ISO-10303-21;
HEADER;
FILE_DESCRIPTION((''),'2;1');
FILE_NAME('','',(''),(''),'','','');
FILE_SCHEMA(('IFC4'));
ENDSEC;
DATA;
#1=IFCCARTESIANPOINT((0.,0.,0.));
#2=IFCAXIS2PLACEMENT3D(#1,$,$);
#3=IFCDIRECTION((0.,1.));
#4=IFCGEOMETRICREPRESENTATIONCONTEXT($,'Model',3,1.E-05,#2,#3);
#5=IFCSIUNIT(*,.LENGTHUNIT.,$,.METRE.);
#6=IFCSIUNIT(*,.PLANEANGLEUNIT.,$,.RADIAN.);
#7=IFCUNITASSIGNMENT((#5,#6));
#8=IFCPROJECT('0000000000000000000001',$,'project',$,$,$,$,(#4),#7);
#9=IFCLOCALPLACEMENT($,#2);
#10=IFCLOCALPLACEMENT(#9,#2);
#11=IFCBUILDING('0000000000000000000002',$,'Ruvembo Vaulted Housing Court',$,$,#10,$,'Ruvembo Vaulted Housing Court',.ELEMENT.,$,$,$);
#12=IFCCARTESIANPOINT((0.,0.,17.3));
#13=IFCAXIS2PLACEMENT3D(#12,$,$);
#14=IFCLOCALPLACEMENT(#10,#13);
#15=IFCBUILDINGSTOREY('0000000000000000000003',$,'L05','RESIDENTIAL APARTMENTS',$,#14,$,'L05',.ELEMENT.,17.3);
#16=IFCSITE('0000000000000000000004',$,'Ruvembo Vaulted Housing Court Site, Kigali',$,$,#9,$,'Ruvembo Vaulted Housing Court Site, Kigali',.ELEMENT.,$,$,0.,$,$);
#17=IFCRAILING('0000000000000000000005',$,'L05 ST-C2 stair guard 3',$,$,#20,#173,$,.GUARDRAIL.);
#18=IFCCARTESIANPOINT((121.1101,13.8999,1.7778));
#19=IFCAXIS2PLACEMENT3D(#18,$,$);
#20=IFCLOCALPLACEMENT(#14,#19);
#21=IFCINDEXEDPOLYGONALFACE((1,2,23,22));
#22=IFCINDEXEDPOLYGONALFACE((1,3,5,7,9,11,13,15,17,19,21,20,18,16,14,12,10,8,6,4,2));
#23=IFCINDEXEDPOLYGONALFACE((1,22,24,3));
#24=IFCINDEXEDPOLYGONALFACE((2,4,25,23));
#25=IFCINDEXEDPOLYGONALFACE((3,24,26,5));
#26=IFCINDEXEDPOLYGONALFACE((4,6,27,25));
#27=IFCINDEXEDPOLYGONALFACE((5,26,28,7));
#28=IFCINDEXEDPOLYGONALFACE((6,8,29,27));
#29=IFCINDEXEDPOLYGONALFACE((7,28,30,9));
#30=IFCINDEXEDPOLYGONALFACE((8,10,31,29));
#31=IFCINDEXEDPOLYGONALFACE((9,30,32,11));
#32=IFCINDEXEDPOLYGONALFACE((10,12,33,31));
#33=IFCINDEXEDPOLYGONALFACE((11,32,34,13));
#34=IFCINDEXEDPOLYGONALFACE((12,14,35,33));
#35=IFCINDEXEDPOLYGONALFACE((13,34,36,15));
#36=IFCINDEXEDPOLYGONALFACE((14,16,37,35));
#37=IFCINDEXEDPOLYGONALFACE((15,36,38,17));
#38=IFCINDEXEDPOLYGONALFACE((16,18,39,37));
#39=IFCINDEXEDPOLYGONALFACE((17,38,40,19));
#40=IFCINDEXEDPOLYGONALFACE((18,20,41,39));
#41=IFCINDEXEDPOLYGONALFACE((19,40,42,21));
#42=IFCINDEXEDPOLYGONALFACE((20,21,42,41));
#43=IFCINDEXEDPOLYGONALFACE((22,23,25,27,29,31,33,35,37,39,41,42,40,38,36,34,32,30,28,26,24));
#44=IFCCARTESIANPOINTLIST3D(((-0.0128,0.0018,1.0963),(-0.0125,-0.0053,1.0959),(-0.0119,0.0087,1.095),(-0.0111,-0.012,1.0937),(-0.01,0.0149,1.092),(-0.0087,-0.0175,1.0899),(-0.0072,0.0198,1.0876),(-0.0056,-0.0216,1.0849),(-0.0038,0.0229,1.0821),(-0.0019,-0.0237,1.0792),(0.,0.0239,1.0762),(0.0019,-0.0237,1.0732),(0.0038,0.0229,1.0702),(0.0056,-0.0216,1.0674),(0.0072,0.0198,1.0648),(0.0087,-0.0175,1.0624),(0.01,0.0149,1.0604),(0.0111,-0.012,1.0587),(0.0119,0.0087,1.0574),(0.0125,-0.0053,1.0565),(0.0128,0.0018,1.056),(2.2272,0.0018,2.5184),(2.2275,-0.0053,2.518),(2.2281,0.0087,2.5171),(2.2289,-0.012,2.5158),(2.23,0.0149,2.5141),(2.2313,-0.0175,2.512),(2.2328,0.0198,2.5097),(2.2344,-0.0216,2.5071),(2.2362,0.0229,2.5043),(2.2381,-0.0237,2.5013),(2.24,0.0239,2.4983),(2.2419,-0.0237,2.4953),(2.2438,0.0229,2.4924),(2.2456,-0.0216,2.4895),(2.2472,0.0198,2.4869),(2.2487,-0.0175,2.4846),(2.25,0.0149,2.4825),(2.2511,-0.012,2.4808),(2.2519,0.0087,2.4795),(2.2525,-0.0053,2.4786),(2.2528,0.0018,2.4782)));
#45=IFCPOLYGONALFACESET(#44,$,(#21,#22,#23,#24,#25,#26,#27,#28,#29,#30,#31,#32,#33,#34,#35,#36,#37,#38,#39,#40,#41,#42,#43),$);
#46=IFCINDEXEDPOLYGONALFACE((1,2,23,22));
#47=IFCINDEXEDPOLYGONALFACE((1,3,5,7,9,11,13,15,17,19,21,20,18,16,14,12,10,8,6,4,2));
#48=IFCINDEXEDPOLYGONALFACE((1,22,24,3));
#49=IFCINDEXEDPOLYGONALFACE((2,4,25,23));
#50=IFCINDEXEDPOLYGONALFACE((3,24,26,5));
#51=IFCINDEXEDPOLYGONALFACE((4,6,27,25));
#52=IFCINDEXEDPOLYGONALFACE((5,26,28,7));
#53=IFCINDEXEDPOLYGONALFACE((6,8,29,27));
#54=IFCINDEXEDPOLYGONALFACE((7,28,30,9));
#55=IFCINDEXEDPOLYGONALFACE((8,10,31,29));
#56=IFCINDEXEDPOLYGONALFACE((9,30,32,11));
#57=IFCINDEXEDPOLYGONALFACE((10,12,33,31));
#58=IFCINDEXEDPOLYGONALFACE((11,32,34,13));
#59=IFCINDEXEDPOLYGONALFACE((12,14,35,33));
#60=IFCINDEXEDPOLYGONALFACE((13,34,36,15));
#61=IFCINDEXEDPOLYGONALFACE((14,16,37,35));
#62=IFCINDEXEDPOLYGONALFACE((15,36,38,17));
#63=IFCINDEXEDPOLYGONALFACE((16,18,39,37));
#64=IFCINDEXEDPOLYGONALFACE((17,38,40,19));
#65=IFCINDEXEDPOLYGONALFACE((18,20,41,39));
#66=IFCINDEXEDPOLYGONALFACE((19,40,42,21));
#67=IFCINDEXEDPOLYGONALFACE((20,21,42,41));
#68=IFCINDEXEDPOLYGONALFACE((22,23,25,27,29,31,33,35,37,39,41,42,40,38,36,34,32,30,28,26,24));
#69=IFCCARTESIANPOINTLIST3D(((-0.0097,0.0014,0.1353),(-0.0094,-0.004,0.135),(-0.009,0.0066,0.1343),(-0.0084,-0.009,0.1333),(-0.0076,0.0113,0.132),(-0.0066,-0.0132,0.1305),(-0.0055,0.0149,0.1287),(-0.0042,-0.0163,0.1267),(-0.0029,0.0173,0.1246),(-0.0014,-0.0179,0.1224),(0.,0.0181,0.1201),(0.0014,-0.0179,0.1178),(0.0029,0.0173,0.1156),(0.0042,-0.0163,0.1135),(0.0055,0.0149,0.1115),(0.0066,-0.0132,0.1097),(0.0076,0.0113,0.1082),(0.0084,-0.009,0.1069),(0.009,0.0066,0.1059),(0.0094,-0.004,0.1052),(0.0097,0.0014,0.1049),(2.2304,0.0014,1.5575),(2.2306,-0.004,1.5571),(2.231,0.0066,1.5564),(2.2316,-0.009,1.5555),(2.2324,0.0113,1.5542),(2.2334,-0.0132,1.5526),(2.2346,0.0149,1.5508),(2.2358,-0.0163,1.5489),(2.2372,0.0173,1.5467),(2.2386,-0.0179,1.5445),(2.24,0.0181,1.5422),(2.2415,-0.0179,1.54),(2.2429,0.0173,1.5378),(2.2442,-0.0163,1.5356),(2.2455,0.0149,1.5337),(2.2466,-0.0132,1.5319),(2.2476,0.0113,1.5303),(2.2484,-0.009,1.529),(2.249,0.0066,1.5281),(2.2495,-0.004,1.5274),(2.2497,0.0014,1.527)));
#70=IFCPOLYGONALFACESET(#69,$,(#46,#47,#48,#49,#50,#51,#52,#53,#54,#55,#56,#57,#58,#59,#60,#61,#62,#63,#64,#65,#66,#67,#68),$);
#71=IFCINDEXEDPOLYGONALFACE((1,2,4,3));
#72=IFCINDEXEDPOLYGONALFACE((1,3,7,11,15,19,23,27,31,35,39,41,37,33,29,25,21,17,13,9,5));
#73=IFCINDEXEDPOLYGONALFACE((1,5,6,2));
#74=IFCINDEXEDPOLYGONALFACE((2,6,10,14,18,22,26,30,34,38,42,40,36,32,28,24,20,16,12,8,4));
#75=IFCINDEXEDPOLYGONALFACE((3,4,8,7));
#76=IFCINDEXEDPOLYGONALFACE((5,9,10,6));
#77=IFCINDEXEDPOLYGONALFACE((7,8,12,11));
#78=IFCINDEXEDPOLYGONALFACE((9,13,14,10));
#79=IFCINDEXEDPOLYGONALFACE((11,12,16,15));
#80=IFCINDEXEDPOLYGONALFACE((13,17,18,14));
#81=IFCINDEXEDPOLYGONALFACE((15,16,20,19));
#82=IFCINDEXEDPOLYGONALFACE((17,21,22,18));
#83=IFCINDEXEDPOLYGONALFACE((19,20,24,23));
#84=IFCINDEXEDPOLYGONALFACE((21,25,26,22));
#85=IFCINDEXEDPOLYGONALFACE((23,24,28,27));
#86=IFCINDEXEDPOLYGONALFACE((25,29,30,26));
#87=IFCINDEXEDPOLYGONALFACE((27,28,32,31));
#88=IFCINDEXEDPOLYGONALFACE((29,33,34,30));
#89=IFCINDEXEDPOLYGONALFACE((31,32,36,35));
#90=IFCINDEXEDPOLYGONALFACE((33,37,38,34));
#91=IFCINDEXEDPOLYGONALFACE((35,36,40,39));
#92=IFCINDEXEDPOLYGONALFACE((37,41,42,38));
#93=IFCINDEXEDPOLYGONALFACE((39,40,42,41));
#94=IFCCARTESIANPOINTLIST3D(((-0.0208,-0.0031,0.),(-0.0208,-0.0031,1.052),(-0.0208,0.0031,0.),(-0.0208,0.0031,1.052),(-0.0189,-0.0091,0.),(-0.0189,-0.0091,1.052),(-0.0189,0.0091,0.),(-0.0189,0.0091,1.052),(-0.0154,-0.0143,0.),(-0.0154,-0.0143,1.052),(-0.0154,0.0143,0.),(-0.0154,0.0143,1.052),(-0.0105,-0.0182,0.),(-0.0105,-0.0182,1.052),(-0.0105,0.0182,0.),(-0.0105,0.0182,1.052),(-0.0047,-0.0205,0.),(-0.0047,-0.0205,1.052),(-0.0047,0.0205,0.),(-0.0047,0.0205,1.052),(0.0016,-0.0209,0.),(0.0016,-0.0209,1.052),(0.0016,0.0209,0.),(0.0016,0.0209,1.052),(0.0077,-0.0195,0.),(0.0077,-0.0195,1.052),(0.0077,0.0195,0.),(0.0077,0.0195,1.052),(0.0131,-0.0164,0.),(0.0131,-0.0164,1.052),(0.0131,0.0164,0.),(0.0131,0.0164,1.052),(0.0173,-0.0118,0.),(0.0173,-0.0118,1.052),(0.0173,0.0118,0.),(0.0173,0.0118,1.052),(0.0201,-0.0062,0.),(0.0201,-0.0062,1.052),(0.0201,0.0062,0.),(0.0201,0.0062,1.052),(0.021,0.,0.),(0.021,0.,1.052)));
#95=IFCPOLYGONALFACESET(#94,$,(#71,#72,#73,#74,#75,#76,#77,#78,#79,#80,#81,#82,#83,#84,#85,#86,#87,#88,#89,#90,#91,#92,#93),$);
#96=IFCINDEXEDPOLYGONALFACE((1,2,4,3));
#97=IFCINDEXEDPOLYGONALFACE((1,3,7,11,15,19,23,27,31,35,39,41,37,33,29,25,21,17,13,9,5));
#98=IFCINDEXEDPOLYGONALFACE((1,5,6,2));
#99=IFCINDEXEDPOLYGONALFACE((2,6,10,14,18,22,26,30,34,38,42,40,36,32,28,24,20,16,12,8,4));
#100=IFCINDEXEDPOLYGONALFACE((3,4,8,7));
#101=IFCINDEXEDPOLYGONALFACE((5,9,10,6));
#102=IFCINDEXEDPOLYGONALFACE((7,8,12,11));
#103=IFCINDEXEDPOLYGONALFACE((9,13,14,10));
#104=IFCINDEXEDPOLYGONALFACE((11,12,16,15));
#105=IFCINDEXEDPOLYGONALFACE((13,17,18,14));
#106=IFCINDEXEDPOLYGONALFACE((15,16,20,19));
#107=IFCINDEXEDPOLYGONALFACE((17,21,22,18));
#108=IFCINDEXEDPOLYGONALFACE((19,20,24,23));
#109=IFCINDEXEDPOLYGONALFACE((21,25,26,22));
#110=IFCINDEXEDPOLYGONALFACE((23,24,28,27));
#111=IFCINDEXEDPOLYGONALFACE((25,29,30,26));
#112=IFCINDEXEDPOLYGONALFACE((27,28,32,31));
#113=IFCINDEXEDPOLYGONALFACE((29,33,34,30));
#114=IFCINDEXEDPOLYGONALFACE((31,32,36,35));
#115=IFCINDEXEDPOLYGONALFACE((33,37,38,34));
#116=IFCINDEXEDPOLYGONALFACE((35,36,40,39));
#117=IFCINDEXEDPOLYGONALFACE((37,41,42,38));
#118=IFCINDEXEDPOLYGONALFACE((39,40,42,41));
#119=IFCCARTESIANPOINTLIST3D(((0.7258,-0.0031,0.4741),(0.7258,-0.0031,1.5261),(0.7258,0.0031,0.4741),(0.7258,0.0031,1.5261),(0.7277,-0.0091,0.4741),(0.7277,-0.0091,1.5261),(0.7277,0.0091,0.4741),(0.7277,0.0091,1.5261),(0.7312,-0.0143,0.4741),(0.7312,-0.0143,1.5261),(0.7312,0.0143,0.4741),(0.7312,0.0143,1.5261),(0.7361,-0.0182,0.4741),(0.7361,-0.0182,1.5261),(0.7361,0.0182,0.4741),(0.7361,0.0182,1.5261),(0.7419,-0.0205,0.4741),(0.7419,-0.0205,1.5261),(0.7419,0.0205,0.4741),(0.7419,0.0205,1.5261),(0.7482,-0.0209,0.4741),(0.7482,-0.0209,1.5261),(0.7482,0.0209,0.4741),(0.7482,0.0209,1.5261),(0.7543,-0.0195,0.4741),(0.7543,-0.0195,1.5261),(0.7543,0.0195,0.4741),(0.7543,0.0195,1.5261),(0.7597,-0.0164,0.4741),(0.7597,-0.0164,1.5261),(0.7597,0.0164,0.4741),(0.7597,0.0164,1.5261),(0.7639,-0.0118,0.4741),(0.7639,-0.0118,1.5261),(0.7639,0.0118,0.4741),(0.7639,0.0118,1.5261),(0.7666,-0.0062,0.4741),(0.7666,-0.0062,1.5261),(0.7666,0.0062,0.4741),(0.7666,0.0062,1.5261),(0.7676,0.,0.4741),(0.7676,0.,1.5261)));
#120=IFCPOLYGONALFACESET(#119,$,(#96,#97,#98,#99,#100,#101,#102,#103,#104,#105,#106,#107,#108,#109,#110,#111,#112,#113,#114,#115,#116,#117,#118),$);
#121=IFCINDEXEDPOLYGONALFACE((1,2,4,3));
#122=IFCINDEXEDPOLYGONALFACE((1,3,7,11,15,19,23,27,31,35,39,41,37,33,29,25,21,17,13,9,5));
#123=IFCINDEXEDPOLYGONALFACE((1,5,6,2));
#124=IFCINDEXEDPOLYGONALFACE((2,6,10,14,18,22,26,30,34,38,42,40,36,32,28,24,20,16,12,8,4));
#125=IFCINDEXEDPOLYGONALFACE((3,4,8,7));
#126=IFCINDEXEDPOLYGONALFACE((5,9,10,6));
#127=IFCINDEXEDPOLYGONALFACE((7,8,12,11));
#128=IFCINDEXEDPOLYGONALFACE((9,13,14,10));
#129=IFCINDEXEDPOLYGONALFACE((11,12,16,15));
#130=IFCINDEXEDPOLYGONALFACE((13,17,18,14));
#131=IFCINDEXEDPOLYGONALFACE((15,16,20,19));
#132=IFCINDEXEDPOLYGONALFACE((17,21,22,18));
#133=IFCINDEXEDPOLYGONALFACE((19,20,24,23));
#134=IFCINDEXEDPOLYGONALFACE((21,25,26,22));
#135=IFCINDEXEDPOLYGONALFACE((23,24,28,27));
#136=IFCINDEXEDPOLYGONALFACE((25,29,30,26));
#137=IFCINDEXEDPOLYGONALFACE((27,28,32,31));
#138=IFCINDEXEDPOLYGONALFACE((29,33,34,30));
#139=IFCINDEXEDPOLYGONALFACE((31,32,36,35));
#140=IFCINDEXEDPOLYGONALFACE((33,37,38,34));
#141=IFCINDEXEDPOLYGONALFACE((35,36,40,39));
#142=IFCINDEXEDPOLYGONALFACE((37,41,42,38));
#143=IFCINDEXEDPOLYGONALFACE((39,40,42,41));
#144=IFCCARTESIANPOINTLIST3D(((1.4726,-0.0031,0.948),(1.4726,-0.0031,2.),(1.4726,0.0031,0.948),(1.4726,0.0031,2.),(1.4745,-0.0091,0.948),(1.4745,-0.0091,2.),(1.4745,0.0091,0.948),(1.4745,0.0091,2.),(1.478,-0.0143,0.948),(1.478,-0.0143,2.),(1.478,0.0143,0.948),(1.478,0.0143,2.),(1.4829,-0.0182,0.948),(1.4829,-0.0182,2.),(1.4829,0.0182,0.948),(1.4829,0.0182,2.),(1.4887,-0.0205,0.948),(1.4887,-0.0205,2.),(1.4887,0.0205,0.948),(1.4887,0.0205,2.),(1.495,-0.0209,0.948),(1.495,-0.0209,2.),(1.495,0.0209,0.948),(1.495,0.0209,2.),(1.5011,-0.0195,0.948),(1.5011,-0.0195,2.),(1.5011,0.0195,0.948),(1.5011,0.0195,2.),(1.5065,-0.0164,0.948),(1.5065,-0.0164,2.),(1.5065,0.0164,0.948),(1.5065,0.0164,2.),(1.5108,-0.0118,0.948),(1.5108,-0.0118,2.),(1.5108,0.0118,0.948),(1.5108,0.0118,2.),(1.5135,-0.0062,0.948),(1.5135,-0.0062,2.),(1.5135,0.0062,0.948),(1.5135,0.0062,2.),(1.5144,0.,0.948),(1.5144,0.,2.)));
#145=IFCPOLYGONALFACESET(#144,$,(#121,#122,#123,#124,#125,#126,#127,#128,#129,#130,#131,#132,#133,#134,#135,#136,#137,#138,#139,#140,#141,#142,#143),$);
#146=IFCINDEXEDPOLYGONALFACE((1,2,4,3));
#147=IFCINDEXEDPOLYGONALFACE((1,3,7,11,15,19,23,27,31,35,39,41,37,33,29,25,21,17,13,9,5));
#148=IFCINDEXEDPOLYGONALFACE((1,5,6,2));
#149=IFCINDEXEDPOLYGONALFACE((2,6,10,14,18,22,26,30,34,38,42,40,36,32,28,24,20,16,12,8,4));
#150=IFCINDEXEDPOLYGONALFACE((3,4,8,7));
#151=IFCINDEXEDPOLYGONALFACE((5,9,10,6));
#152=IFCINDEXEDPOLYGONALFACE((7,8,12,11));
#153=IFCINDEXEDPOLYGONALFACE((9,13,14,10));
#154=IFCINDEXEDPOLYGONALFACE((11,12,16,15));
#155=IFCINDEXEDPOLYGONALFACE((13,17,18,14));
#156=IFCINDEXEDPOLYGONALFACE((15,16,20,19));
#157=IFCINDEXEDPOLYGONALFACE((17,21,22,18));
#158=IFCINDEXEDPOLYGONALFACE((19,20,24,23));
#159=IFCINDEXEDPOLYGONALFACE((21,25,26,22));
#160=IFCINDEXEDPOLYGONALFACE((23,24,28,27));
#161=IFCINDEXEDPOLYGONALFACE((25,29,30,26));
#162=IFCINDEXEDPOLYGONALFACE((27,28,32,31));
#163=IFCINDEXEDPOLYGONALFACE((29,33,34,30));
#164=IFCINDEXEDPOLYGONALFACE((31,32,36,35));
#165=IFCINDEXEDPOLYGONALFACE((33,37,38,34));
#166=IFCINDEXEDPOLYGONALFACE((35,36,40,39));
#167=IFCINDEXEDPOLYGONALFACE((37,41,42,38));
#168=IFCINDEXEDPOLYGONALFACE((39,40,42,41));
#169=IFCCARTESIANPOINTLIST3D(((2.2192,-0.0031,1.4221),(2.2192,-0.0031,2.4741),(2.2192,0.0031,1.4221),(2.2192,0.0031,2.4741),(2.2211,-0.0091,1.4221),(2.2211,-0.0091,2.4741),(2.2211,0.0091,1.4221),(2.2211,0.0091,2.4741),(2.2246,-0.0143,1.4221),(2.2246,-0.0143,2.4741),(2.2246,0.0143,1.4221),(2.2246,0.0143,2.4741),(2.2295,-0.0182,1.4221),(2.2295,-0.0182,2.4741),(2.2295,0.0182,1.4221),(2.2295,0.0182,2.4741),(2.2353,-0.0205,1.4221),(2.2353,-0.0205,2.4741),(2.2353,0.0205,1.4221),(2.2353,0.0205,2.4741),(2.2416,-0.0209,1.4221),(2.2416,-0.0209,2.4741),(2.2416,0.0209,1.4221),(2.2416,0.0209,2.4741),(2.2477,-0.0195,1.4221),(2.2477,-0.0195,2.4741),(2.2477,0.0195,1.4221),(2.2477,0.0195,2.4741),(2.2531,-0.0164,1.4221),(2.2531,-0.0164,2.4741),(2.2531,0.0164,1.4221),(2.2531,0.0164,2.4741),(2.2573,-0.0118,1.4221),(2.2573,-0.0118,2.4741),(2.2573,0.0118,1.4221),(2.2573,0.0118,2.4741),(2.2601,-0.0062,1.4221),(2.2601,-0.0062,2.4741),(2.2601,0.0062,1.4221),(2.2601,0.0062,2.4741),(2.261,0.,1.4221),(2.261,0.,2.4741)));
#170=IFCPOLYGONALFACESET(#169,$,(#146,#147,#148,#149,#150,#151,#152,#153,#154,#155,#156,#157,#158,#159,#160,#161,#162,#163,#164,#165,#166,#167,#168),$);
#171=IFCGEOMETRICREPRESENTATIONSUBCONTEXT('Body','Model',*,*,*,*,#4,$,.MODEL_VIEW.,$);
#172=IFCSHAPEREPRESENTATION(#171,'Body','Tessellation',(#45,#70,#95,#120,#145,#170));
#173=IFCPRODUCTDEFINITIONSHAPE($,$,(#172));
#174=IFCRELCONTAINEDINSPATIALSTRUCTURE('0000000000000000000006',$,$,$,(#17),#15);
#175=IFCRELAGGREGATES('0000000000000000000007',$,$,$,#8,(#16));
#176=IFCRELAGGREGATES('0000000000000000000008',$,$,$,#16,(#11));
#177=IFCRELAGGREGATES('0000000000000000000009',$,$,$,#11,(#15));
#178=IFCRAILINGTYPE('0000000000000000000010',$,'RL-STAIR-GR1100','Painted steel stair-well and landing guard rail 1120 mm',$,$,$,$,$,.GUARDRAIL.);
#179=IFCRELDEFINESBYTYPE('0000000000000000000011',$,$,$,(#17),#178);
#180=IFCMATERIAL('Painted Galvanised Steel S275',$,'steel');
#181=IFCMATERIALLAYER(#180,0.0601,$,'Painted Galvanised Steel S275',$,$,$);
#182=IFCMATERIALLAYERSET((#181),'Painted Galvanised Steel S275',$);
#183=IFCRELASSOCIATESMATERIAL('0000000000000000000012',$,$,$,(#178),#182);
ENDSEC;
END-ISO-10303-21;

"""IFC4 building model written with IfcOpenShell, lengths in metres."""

from ifc_helpers import new_model, si_unit, direction, frame, origin, origin_2d, place, context, subcontext, project, spatial, circle, extrude, material, layer, layer_set, type_object, element, save


model = new_model("IFC4")

# Units and contexts
model_context = context("Model", 3, precision=1e-05, world=origin(), true_north=direction((0.0, 1.0)))
body_context = subcontext(model_context, "Body", "Model", "MODEL_VIEW")
ifc_project = project(units=[si_unit("LENGTHUNIT", "METRE"), si_unit("PLANEANGLEUNIT", "RADIAN")], contexts=[model_context])

# Site, building, storey
site_placement = place(None, origin())
site = spatial("IfcSite", under=ifc_project, at=site_placement, Name="Ruvembo Vaulted Housing Court Site, Kigali", LongName="Ruvembo Vaulted Housing Court Site, Kigali", CompositionType="ELEMENT", RefElevation=0.0)
building_placement = place(site_placement, origin())
building = spatial("IfcBuilding", under=site, at=building_placement, Name="Ruvembo Vaulted Housing Court", LongName="Ruvembo Vaulted Housing Court", CompositionType="ELEMENT")
storey_placement = place(building_placement, frame((0.0, 0.0, 17.3)))
storey = spatial("IfcBuildingStorey", under=building, at=storey_placement, Name="L05", Description="RESIDENTIAL APARTMENTS", LongName="L05", CompositionType="ELEMENT", Elevation=17.3)

# Railing
ifc_material_1 = material(Name="Painted Galvanised Steel S275", Category="steel")
ifc_layer_1 = layer(ifc_material_1, 0.0601, Name="Painted Galvanised Steel S275")
ifc_layer_set_1 = layer_set([ifc_layer_1], Name="Painted Galvanised Steel S275")
railing_type_1 = type_object("IfcRailingType", Name="RL-STAIR-GR1100", Description="Painted steel stair-well and landing guard rail 1120 mm", PredefinedType="GUARDRAIL", material=ifc_layer_set_1)
railing_1_placement = place(storey_placement, frame((121.1101, 13.8999, 1.7778)))
element("IfcRailing", 1, at=railing_1_placement, inside=storey, type_object=railing_type_1, Name="L05 ST-C2 stair guard 3", PredefinedType="GUARDRAIL", context=body_context, shape_type="SweptSolid", body=[
    extrude(circle(Radius=0.0239, at=origin_2d()), frame((0.0, 0.0, 1.0762), z_axis=(0.844229, 0.0, 0.535982), x_axis=(0.0, 1.0, 0.0)), (0.0, 0.0, 1.0), 2.6533),
    extrude(circle(Radius=0.0181, at=origin_2d()), frame((0.0, 0.0, 0.1201), z_axis=(0.844229, 0.0, 0.535982), x_axis=(0.0, 1.0, 0.0)), (0.0, 0.0, 1.0), 2.6533),
    extrude(circle(Radius=0.021, at=origin_2d()), origin(), (0.0, 0.0, 1.0), 1.052),
    extrude(circle(Radius=0.021, at=origin_2d()), frame((0.7466, 0.0, 0.4741)), (0.0, 0.0, 1.0), 1.052),
    extrude(circle(Radius=0.021, at=origin_2d()), frame((1.4934, 0.0, 0.948)), (0.0, 0.0, 1.0), 1.052),
    extrude(circle(Radius=0.021, at=origin_2d()), frame((2.24, 0.0, 1.4221)), (0.0, 0.0, 1.0), 1.052),
])

save(model, "model.ifc")
